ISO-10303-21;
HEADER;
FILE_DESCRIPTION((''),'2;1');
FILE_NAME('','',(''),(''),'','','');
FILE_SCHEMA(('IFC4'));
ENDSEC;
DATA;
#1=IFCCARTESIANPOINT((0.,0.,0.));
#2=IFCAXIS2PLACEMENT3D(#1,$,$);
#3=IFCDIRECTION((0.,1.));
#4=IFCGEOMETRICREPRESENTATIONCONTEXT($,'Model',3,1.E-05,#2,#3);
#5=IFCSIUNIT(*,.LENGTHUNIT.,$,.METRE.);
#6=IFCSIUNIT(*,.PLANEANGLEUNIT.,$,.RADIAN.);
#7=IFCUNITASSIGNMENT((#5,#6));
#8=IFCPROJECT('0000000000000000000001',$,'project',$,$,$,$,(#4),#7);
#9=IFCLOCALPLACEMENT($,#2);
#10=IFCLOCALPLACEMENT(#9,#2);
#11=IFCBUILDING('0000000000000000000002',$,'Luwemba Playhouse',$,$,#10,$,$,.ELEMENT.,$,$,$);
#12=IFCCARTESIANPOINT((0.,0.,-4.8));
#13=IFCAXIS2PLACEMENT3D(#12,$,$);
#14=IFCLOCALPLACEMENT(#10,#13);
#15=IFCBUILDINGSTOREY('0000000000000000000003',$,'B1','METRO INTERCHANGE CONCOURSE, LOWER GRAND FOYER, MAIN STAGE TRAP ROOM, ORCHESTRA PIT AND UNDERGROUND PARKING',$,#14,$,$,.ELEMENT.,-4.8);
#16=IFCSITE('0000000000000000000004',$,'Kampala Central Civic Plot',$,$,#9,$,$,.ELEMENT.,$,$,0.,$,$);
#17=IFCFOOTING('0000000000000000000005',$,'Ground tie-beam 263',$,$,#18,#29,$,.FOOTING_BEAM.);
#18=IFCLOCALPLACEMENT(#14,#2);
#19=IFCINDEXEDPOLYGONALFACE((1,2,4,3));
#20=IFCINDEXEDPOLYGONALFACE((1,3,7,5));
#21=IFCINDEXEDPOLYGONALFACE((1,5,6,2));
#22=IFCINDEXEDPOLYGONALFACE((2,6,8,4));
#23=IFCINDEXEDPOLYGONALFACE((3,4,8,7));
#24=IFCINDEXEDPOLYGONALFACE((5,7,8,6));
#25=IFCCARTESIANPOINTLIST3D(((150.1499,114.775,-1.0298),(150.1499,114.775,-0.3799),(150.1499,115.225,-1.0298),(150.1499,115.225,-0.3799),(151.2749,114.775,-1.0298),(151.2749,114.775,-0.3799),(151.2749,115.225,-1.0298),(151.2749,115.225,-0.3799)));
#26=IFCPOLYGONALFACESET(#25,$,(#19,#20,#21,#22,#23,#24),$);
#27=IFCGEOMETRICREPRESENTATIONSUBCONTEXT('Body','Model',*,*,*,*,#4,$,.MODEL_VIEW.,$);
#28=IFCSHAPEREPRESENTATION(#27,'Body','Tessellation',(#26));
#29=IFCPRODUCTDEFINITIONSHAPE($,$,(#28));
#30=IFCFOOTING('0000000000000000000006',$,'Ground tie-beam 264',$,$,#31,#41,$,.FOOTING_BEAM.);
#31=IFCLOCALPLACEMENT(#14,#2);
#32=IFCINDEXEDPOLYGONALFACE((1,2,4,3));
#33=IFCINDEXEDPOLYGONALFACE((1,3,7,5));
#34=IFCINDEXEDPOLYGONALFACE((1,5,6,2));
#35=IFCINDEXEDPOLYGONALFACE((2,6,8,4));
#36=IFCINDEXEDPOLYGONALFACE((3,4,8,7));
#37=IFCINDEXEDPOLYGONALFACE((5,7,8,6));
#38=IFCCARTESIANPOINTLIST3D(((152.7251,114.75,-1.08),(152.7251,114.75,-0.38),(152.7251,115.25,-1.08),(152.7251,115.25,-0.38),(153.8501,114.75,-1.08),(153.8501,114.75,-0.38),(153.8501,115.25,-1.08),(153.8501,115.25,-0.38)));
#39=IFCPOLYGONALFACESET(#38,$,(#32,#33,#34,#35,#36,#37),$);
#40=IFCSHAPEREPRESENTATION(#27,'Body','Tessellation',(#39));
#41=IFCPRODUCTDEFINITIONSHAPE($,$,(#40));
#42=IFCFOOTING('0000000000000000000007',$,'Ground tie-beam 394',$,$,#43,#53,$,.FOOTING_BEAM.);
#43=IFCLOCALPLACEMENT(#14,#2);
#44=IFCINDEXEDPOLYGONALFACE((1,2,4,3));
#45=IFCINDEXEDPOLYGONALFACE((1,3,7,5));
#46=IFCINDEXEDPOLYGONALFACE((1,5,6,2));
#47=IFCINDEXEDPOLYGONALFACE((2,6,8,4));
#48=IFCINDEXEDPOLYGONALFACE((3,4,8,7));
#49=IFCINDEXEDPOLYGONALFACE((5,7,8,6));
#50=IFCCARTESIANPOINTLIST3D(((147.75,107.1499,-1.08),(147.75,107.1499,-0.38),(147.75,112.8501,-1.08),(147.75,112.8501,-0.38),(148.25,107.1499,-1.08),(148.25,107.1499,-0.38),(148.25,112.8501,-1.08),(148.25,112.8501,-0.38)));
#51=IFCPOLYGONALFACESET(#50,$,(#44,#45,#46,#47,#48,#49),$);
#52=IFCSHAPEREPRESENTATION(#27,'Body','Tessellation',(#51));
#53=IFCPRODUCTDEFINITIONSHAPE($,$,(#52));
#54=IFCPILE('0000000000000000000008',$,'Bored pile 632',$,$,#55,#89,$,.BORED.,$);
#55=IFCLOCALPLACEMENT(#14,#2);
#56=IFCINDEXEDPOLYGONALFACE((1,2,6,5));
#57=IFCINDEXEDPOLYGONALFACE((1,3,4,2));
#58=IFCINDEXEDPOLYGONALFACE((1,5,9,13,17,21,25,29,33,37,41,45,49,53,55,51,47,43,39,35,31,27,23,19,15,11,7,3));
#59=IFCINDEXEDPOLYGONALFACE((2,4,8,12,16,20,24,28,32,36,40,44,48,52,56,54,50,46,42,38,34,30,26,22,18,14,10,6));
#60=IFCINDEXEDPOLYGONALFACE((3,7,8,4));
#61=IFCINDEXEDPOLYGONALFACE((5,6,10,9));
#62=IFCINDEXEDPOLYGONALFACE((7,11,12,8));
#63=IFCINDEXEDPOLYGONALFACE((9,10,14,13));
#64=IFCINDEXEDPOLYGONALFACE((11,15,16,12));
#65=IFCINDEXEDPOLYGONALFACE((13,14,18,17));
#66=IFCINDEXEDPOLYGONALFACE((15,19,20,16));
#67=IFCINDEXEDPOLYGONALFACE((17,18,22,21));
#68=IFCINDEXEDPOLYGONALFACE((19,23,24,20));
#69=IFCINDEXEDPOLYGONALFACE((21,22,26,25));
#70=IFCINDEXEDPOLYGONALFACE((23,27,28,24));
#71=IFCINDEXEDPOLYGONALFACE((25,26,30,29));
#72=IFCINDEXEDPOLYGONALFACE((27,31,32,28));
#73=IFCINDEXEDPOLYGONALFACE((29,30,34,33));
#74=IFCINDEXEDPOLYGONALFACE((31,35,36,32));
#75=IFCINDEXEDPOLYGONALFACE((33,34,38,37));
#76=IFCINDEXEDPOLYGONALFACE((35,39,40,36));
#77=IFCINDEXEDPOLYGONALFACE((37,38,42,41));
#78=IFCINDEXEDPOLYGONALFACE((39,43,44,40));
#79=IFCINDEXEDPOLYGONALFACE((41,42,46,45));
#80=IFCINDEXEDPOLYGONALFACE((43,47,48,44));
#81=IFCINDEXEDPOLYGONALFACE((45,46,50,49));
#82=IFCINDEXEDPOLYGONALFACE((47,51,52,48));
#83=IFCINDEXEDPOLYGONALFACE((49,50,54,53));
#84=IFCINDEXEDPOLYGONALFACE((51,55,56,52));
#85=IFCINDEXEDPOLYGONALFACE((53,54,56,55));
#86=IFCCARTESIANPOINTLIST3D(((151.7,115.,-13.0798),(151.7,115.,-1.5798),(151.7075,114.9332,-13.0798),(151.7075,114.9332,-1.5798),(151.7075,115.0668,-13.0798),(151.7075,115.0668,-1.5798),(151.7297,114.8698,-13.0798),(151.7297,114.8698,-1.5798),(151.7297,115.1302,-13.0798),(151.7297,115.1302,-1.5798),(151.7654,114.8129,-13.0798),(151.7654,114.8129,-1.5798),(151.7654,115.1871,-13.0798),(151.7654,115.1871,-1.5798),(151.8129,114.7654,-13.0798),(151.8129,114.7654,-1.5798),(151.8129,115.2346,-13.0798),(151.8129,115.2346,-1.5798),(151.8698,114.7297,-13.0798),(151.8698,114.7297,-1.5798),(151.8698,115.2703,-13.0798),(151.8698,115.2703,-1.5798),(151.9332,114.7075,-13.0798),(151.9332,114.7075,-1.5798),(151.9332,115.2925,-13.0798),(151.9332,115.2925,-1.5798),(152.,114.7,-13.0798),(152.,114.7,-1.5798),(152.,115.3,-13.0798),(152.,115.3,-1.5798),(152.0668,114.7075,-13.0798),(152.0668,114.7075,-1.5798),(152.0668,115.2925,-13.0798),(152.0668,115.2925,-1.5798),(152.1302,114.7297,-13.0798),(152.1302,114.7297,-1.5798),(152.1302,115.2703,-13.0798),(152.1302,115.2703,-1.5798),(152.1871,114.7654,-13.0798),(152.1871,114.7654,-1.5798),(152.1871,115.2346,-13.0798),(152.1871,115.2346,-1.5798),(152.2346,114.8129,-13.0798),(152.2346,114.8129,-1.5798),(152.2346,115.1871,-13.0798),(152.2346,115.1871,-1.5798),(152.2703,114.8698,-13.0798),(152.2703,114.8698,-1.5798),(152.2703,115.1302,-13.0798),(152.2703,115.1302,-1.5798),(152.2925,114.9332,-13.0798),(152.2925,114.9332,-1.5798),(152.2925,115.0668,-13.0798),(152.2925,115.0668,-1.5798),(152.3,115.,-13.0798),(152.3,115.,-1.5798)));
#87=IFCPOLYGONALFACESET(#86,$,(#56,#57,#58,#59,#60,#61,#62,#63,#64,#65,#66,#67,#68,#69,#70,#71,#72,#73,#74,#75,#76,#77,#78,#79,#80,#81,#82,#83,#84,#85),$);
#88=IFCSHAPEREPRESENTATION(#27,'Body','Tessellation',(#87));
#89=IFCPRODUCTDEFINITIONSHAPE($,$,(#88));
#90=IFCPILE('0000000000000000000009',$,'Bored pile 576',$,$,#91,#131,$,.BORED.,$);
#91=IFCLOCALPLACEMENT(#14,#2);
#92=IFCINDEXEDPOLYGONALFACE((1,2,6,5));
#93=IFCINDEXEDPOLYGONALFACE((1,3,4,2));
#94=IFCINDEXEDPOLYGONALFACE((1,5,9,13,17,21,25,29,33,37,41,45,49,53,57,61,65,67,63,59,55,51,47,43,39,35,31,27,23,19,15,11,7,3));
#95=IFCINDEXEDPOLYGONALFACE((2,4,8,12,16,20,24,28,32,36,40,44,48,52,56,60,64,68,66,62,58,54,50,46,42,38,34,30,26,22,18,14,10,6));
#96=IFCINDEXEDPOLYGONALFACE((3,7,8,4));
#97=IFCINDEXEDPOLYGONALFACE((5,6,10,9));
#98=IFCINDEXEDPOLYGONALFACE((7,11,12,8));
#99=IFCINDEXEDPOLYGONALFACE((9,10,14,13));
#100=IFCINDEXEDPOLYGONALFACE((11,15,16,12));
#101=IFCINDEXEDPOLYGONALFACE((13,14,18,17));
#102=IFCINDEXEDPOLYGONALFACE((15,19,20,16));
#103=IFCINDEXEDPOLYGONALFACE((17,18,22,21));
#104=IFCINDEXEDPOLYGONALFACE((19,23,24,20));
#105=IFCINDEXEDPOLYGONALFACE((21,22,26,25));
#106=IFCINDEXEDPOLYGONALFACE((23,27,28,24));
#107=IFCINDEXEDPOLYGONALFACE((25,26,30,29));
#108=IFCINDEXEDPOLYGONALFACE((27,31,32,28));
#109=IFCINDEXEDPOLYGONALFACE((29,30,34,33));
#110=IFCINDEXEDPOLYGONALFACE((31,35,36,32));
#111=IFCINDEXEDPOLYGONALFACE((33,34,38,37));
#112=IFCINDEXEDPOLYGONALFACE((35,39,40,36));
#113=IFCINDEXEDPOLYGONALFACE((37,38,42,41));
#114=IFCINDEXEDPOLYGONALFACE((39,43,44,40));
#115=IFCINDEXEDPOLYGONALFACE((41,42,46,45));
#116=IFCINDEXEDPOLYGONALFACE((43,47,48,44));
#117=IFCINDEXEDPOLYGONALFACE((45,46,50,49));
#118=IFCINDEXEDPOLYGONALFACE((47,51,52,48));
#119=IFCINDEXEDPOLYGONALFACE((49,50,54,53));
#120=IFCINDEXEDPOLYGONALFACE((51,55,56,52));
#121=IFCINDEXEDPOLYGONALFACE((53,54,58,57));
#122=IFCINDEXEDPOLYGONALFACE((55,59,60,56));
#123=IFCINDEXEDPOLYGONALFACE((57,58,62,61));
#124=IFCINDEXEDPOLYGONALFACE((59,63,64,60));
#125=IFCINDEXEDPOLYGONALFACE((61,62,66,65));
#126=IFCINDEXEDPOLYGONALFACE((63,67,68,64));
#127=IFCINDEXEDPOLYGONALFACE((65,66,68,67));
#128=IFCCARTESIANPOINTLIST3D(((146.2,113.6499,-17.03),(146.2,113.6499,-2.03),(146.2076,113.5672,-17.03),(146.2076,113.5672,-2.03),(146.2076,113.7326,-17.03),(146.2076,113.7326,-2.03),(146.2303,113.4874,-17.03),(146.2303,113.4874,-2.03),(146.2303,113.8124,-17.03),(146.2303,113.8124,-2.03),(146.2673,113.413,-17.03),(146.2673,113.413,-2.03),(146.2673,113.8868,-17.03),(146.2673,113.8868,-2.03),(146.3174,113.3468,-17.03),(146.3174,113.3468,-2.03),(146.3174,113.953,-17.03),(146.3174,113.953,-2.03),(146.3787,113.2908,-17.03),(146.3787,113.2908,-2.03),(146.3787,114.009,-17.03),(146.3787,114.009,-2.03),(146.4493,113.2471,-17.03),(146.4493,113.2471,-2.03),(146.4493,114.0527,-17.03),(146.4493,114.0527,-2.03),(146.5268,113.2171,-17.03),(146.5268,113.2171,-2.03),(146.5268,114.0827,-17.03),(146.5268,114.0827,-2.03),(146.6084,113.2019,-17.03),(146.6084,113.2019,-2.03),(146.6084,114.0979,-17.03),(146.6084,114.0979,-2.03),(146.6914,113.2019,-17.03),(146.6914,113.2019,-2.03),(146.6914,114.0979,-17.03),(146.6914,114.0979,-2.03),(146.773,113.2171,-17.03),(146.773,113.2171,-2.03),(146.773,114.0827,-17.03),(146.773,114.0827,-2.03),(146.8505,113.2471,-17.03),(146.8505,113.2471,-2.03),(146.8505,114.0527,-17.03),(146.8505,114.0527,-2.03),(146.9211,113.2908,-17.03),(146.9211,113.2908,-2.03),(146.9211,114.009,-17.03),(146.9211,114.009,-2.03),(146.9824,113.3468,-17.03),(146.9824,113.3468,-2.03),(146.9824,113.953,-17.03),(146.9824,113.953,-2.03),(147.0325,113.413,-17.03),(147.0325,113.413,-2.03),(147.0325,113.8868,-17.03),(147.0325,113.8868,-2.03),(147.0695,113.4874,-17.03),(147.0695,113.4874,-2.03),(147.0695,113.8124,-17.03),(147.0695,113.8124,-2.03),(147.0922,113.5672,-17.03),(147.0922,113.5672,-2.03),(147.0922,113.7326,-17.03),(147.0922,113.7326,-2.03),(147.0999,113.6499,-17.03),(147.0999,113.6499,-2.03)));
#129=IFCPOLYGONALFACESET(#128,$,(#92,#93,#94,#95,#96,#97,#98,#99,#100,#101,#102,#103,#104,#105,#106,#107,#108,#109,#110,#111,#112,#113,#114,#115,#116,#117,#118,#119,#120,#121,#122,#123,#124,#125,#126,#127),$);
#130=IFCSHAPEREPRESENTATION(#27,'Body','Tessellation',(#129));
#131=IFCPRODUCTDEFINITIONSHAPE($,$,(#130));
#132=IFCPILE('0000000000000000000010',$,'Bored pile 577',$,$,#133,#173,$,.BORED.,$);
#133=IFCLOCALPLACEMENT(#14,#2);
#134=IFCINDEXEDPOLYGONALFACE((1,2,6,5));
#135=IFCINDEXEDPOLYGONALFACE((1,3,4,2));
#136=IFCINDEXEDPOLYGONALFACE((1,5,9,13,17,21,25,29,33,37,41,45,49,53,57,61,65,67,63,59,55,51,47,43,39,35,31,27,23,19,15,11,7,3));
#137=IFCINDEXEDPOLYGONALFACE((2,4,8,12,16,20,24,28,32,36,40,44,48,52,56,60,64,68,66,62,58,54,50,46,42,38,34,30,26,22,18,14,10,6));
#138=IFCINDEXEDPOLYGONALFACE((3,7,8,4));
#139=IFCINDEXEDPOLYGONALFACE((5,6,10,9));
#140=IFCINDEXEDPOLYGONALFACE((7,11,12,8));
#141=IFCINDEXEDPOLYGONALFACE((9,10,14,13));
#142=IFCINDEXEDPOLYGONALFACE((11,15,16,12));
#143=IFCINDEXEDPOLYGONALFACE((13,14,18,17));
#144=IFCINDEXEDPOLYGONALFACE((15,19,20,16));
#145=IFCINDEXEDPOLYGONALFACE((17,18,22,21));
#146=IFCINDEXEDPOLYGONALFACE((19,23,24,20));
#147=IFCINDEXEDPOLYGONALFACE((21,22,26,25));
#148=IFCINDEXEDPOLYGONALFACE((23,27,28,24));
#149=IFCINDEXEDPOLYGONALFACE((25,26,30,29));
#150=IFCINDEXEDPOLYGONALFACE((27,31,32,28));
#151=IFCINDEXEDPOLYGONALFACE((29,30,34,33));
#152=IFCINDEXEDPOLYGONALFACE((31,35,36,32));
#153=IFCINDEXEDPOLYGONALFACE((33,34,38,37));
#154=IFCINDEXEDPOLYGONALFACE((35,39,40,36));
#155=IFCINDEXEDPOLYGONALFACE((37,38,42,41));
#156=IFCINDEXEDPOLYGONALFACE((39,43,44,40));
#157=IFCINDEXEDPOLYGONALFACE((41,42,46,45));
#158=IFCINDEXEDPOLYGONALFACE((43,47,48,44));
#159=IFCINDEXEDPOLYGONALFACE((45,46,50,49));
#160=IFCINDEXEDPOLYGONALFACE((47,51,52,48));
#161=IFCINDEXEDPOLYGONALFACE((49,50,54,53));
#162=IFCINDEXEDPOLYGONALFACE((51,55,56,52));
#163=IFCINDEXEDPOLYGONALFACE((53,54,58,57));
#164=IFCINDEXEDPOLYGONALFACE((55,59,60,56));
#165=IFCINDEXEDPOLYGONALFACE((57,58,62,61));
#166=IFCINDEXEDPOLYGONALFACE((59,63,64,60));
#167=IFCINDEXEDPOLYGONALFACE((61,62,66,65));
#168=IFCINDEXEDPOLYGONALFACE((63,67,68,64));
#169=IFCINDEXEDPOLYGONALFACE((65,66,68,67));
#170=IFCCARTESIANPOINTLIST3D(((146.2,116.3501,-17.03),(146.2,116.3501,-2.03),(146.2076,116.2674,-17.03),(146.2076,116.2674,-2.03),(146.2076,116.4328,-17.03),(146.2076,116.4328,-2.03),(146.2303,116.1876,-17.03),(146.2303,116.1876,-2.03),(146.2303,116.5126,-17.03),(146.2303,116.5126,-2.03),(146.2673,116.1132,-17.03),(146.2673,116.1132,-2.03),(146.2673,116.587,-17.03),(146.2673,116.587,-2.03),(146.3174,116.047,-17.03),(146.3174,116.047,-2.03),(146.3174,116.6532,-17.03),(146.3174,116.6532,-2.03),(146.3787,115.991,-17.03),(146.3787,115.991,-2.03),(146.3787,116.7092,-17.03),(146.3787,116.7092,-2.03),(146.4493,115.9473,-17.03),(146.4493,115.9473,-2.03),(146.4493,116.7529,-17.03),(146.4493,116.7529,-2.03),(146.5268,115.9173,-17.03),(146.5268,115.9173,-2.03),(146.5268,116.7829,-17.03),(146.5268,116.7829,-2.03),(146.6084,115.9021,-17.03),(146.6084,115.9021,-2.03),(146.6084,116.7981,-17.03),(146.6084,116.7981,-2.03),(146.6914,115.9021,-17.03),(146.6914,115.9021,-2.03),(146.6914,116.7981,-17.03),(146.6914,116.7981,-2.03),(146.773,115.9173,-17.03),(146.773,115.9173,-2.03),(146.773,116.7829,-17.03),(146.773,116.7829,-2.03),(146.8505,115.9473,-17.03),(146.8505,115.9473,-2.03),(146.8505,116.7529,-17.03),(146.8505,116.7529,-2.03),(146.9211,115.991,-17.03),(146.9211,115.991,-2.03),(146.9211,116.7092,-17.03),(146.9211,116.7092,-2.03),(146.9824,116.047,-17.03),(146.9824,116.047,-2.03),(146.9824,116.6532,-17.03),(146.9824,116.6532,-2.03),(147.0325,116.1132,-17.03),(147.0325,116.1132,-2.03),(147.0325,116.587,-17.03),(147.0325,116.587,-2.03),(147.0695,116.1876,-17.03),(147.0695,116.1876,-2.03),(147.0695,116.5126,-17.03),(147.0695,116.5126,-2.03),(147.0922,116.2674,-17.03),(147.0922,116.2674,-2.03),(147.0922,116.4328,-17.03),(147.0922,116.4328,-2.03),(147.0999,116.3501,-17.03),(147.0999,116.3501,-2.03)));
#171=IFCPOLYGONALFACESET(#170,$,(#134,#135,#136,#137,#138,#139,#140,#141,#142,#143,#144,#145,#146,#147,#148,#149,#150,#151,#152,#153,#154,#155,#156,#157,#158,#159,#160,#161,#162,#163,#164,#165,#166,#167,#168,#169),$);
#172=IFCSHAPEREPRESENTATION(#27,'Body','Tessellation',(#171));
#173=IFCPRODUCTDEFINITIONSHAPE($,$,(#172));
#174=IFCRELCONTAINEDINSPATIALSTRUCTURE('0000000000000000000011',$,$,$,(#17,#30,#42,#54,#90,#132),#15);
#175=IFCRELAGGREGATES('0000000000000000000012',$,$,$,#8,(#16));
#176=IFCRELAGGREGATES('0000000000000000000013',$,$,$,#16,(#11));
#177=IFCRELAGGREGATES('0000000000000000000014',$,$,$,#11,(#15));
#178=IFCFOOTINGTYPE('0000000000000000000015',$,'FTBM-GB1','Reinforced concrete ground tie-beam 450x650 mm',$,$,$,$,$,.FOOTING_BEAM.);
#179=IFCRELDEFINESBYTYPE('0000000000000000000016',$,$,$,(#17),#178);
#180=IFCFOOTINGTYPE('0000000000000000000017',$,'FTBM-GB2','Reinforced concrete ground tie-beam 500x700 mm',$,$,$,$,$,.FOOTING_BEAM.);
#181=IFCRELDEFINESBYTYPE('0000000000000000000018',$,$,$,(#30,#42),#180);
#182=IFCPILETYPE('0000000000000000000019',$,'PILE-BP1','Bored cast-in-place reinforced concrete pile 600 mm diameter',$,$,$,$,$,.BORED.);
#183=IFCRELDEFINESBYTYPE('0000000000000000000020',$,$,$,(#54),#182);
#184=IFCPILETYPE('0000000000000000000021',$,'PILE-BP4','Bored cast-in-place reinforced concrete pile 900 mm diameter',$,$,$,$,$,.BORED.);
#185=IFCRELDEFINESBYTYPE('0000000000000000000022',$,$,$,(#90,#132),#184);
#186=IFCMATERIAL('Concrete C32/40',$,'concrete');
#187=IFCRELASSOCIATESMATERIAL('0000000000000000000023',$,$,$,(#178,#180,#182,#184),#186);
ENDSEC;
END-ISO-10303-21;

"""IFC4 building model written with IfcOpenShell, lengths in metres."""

from ifc_helpers import new_model, si_unit, direction, frame, origin, origin_2d, place, context, subcontext, project, spatial, rectangle, circle, extrude, material, material_profile, profile_set, type_object, element, save


model = new_model("IFC4")

# Units and contexts
model_context = context("Model", 3, precision=1e-05, world=origin(), true_north=direction((0.0, 1.0)))
body_context = subcontext(model_context, "Body", "Model", "MODEL_VIEW")
ifc_project = project(units=[si_unit("LENGTHUNIT", "METRE"), si_unit("PLANEANGLEUNIT", "RADIAN")], contexts=[model_context])

# Site, building, storey
site_placement = place(None, origin())
site = spatial("IfcSite", under=ifc_project, at=site_placement, Name="Kampala Central Civic Plot", CompositionType="ELEMENT", RefElevation=0.0)
building_placement = place(site_placement, origin())
building = spatial("IfcBuilding", under=site, at=building_placement, Name="Luwemba Playhouse", CompositionType="ELEMENT")
storey_placement = place(building_placement, frame((0.0, 0.0, -4.8)))
storey = spatial("IfcBuildingStorey", under=building, at=storey_placement, Name="B1", Description="METRO INTERCHANGE CONCOURSE, LOWER GRAND FOYER, MAIN STAGE TRAP ROOM, ORCHESTRA PIT AND UNDERGROUND PARKING", CompositionType="ELEMENT", Elevation=-4.8)

# Footings
ifc_material_1 = material(Name="Concrete C32/40", Category="concrete")
ifc_material_profile_1 = material_profile(ifc_material_1, rectangle(XDim=0.45, YDim=0.6499, at=origin_2d()))
ifc_profile_set_1 = profile_set([ifc_material_profile_1], Name="Concrete C32/40")
footing_type_1 = type_object("IfcFootingType", Name="FTBM-GB1", Description="Reinforced concrete ground tie-beam 450x650 mm", PredefinedType="FOOTING_BEAM", material=ifc_profile_set_1)
footing_1_placement = place(storey_placement, frame((150.1499, 115.0, -0.7048), z_axis=(1.0, 0.0, 0.0), x_axis=(0.0, 1.0, 0.0)))
element("IfcFooting", 1, at=footing_1_placement, inside=storey, type_object=footing_type_1, Name="Ground tie-beam 263", PredefinedType="FOOTING_BEAM", context=body_context, shape_type="SweptSolid", body=[
    extrude(rectangle(XDim=0.45, YDim=0.6499, at=origin_2d()), origin(), (0.0, 0.0, 1.0), 1.125),
])
ifc_material_profile_2 = material_profile(ifc_material_1, rectangle(XDim=0.5, YDim=0.7, at=origin_2d()))
ifc_profile_set_2 = profile_set([ifc_material_profile_2], Name="Concrete C32/40")
footing_type_2 = type_object("IfcFootingType", Name="FTBM-GB2", Description="Reinforced concrete ground tie-beam 500x700 mm", PredefinedType="FOOTING_BEAM", material=ifc_profile_set_2)
footing_2_placement = place(storey_placement, frame((152.7251, 115.0, -0.73), z_axis=(1.0, 0.0, 0.0), x_axis=(0.0, 1.0, 0.0)))
element("IfcFooting", 2, at=footing_2_placement, inside=storey, type_object=footing_type_2, Name="Ground tie-beam 264", PredefinedType="FOOTING_BEAM", context=body_context, shape_type="SweptSolid", body=[
    extrude(rectangle(XDim=0.5, YDim=0.7, at=origin_2d()), origin(), (0.0, 0.0, 1.0), 1.125),
])
footing_3_placement = place(storey_placement, frame((148.0, 107.1499, -0.73), z_axis=(0.0, 1.0, 0.0), x_axis=(-1.0, 0.0, 0.0)))
element("IfcFooting", 3, at=footing_3_placement, inside=storey, type_object=footing_type_2, Name="Ground tie-beam 394", PredefinedType="FOOTING_BEAM", context=body_context, shape_type="SweptSolid", body=[
    extrude(rectangle(XDim=0.5, YDim=0.7, at=origin_2d()), origin(), (0.0, 0.0, 1.0), 5.7002),
])

# Piles
ifc_material_profile_3 = material_profile(ifc_material_1, circle(Radius=0.3, at=origin_2d()))
ifc_profile_set_3 = profile_set([ifc_material_profile_3], Name="Concrete C32/40")
pile_type_1 = type_object("IfcPileType", Name="PILE-BP1", Description="Bored cast-in-place reinforced concrete pile 600 mm diameter", PredefinedType="BORED", material=ifc_profile_set_3)
pile_placement = place(storey_placement, frame((152.0, 115.0, -1.5798), z_axis=(0.0, 0.0, -1.0), x_axis=(1.0, 0.0, 0.0)))
element("IfcPile", 4, at=pile_placement, inside=storey, type_object=pile_type_1, Name="Bored pile 632", PredefinedType="BORED", context=body_context, shape_type="SweptSolid", body=[
    extrude(circle(Radius=0.3, at=origin_2d()), origin(), (0.0, 0.0, 1.0), 11.5),
])
ifc_material_profile_4 = material_profile(ifc_material_1, circle(Radius=0.45, at=origin_2d()))
ifc_profile_set_4 = profile_set([ifc_material_profile_4], Name="Concrete C32/40")
pile_type_2 = type_object("IfcPileType", Name="PILE-BP4", Description="Bored cast-in-place reinforced concrete pile 900 mm diameter", PredefinedType="BORED", material=ifc_profile_set_4)
for number, where, z_axis, x_axis, name in (
    (5, (146.6499, 113.6499, -2.03), (0.0, 0.0, -1.0), (1.0, 0.0, 0.0), "Bored pile 576"),
    (6, (146.6499, 116.3501, -2.03), (0.0, 0.0, -1.0), (1.0, 0.0, 0.0), "Bored pile 577"),
):
    element("IfcPile", number, at=place(storey_placement, frame(where, z_axis=z_axis, x_axis=x_axis)), inside=storey, type_object=pile_type_2, Name=name, PredefinedType="BORED", context=body_context, shape_type="SweptSolid", body=[
        extrude(circle(Radius=0.45, at=origin_2d()), origin(), (0.0, 0.0, 1.0), 15.0),
    ])

save(model, "model.ifc")
